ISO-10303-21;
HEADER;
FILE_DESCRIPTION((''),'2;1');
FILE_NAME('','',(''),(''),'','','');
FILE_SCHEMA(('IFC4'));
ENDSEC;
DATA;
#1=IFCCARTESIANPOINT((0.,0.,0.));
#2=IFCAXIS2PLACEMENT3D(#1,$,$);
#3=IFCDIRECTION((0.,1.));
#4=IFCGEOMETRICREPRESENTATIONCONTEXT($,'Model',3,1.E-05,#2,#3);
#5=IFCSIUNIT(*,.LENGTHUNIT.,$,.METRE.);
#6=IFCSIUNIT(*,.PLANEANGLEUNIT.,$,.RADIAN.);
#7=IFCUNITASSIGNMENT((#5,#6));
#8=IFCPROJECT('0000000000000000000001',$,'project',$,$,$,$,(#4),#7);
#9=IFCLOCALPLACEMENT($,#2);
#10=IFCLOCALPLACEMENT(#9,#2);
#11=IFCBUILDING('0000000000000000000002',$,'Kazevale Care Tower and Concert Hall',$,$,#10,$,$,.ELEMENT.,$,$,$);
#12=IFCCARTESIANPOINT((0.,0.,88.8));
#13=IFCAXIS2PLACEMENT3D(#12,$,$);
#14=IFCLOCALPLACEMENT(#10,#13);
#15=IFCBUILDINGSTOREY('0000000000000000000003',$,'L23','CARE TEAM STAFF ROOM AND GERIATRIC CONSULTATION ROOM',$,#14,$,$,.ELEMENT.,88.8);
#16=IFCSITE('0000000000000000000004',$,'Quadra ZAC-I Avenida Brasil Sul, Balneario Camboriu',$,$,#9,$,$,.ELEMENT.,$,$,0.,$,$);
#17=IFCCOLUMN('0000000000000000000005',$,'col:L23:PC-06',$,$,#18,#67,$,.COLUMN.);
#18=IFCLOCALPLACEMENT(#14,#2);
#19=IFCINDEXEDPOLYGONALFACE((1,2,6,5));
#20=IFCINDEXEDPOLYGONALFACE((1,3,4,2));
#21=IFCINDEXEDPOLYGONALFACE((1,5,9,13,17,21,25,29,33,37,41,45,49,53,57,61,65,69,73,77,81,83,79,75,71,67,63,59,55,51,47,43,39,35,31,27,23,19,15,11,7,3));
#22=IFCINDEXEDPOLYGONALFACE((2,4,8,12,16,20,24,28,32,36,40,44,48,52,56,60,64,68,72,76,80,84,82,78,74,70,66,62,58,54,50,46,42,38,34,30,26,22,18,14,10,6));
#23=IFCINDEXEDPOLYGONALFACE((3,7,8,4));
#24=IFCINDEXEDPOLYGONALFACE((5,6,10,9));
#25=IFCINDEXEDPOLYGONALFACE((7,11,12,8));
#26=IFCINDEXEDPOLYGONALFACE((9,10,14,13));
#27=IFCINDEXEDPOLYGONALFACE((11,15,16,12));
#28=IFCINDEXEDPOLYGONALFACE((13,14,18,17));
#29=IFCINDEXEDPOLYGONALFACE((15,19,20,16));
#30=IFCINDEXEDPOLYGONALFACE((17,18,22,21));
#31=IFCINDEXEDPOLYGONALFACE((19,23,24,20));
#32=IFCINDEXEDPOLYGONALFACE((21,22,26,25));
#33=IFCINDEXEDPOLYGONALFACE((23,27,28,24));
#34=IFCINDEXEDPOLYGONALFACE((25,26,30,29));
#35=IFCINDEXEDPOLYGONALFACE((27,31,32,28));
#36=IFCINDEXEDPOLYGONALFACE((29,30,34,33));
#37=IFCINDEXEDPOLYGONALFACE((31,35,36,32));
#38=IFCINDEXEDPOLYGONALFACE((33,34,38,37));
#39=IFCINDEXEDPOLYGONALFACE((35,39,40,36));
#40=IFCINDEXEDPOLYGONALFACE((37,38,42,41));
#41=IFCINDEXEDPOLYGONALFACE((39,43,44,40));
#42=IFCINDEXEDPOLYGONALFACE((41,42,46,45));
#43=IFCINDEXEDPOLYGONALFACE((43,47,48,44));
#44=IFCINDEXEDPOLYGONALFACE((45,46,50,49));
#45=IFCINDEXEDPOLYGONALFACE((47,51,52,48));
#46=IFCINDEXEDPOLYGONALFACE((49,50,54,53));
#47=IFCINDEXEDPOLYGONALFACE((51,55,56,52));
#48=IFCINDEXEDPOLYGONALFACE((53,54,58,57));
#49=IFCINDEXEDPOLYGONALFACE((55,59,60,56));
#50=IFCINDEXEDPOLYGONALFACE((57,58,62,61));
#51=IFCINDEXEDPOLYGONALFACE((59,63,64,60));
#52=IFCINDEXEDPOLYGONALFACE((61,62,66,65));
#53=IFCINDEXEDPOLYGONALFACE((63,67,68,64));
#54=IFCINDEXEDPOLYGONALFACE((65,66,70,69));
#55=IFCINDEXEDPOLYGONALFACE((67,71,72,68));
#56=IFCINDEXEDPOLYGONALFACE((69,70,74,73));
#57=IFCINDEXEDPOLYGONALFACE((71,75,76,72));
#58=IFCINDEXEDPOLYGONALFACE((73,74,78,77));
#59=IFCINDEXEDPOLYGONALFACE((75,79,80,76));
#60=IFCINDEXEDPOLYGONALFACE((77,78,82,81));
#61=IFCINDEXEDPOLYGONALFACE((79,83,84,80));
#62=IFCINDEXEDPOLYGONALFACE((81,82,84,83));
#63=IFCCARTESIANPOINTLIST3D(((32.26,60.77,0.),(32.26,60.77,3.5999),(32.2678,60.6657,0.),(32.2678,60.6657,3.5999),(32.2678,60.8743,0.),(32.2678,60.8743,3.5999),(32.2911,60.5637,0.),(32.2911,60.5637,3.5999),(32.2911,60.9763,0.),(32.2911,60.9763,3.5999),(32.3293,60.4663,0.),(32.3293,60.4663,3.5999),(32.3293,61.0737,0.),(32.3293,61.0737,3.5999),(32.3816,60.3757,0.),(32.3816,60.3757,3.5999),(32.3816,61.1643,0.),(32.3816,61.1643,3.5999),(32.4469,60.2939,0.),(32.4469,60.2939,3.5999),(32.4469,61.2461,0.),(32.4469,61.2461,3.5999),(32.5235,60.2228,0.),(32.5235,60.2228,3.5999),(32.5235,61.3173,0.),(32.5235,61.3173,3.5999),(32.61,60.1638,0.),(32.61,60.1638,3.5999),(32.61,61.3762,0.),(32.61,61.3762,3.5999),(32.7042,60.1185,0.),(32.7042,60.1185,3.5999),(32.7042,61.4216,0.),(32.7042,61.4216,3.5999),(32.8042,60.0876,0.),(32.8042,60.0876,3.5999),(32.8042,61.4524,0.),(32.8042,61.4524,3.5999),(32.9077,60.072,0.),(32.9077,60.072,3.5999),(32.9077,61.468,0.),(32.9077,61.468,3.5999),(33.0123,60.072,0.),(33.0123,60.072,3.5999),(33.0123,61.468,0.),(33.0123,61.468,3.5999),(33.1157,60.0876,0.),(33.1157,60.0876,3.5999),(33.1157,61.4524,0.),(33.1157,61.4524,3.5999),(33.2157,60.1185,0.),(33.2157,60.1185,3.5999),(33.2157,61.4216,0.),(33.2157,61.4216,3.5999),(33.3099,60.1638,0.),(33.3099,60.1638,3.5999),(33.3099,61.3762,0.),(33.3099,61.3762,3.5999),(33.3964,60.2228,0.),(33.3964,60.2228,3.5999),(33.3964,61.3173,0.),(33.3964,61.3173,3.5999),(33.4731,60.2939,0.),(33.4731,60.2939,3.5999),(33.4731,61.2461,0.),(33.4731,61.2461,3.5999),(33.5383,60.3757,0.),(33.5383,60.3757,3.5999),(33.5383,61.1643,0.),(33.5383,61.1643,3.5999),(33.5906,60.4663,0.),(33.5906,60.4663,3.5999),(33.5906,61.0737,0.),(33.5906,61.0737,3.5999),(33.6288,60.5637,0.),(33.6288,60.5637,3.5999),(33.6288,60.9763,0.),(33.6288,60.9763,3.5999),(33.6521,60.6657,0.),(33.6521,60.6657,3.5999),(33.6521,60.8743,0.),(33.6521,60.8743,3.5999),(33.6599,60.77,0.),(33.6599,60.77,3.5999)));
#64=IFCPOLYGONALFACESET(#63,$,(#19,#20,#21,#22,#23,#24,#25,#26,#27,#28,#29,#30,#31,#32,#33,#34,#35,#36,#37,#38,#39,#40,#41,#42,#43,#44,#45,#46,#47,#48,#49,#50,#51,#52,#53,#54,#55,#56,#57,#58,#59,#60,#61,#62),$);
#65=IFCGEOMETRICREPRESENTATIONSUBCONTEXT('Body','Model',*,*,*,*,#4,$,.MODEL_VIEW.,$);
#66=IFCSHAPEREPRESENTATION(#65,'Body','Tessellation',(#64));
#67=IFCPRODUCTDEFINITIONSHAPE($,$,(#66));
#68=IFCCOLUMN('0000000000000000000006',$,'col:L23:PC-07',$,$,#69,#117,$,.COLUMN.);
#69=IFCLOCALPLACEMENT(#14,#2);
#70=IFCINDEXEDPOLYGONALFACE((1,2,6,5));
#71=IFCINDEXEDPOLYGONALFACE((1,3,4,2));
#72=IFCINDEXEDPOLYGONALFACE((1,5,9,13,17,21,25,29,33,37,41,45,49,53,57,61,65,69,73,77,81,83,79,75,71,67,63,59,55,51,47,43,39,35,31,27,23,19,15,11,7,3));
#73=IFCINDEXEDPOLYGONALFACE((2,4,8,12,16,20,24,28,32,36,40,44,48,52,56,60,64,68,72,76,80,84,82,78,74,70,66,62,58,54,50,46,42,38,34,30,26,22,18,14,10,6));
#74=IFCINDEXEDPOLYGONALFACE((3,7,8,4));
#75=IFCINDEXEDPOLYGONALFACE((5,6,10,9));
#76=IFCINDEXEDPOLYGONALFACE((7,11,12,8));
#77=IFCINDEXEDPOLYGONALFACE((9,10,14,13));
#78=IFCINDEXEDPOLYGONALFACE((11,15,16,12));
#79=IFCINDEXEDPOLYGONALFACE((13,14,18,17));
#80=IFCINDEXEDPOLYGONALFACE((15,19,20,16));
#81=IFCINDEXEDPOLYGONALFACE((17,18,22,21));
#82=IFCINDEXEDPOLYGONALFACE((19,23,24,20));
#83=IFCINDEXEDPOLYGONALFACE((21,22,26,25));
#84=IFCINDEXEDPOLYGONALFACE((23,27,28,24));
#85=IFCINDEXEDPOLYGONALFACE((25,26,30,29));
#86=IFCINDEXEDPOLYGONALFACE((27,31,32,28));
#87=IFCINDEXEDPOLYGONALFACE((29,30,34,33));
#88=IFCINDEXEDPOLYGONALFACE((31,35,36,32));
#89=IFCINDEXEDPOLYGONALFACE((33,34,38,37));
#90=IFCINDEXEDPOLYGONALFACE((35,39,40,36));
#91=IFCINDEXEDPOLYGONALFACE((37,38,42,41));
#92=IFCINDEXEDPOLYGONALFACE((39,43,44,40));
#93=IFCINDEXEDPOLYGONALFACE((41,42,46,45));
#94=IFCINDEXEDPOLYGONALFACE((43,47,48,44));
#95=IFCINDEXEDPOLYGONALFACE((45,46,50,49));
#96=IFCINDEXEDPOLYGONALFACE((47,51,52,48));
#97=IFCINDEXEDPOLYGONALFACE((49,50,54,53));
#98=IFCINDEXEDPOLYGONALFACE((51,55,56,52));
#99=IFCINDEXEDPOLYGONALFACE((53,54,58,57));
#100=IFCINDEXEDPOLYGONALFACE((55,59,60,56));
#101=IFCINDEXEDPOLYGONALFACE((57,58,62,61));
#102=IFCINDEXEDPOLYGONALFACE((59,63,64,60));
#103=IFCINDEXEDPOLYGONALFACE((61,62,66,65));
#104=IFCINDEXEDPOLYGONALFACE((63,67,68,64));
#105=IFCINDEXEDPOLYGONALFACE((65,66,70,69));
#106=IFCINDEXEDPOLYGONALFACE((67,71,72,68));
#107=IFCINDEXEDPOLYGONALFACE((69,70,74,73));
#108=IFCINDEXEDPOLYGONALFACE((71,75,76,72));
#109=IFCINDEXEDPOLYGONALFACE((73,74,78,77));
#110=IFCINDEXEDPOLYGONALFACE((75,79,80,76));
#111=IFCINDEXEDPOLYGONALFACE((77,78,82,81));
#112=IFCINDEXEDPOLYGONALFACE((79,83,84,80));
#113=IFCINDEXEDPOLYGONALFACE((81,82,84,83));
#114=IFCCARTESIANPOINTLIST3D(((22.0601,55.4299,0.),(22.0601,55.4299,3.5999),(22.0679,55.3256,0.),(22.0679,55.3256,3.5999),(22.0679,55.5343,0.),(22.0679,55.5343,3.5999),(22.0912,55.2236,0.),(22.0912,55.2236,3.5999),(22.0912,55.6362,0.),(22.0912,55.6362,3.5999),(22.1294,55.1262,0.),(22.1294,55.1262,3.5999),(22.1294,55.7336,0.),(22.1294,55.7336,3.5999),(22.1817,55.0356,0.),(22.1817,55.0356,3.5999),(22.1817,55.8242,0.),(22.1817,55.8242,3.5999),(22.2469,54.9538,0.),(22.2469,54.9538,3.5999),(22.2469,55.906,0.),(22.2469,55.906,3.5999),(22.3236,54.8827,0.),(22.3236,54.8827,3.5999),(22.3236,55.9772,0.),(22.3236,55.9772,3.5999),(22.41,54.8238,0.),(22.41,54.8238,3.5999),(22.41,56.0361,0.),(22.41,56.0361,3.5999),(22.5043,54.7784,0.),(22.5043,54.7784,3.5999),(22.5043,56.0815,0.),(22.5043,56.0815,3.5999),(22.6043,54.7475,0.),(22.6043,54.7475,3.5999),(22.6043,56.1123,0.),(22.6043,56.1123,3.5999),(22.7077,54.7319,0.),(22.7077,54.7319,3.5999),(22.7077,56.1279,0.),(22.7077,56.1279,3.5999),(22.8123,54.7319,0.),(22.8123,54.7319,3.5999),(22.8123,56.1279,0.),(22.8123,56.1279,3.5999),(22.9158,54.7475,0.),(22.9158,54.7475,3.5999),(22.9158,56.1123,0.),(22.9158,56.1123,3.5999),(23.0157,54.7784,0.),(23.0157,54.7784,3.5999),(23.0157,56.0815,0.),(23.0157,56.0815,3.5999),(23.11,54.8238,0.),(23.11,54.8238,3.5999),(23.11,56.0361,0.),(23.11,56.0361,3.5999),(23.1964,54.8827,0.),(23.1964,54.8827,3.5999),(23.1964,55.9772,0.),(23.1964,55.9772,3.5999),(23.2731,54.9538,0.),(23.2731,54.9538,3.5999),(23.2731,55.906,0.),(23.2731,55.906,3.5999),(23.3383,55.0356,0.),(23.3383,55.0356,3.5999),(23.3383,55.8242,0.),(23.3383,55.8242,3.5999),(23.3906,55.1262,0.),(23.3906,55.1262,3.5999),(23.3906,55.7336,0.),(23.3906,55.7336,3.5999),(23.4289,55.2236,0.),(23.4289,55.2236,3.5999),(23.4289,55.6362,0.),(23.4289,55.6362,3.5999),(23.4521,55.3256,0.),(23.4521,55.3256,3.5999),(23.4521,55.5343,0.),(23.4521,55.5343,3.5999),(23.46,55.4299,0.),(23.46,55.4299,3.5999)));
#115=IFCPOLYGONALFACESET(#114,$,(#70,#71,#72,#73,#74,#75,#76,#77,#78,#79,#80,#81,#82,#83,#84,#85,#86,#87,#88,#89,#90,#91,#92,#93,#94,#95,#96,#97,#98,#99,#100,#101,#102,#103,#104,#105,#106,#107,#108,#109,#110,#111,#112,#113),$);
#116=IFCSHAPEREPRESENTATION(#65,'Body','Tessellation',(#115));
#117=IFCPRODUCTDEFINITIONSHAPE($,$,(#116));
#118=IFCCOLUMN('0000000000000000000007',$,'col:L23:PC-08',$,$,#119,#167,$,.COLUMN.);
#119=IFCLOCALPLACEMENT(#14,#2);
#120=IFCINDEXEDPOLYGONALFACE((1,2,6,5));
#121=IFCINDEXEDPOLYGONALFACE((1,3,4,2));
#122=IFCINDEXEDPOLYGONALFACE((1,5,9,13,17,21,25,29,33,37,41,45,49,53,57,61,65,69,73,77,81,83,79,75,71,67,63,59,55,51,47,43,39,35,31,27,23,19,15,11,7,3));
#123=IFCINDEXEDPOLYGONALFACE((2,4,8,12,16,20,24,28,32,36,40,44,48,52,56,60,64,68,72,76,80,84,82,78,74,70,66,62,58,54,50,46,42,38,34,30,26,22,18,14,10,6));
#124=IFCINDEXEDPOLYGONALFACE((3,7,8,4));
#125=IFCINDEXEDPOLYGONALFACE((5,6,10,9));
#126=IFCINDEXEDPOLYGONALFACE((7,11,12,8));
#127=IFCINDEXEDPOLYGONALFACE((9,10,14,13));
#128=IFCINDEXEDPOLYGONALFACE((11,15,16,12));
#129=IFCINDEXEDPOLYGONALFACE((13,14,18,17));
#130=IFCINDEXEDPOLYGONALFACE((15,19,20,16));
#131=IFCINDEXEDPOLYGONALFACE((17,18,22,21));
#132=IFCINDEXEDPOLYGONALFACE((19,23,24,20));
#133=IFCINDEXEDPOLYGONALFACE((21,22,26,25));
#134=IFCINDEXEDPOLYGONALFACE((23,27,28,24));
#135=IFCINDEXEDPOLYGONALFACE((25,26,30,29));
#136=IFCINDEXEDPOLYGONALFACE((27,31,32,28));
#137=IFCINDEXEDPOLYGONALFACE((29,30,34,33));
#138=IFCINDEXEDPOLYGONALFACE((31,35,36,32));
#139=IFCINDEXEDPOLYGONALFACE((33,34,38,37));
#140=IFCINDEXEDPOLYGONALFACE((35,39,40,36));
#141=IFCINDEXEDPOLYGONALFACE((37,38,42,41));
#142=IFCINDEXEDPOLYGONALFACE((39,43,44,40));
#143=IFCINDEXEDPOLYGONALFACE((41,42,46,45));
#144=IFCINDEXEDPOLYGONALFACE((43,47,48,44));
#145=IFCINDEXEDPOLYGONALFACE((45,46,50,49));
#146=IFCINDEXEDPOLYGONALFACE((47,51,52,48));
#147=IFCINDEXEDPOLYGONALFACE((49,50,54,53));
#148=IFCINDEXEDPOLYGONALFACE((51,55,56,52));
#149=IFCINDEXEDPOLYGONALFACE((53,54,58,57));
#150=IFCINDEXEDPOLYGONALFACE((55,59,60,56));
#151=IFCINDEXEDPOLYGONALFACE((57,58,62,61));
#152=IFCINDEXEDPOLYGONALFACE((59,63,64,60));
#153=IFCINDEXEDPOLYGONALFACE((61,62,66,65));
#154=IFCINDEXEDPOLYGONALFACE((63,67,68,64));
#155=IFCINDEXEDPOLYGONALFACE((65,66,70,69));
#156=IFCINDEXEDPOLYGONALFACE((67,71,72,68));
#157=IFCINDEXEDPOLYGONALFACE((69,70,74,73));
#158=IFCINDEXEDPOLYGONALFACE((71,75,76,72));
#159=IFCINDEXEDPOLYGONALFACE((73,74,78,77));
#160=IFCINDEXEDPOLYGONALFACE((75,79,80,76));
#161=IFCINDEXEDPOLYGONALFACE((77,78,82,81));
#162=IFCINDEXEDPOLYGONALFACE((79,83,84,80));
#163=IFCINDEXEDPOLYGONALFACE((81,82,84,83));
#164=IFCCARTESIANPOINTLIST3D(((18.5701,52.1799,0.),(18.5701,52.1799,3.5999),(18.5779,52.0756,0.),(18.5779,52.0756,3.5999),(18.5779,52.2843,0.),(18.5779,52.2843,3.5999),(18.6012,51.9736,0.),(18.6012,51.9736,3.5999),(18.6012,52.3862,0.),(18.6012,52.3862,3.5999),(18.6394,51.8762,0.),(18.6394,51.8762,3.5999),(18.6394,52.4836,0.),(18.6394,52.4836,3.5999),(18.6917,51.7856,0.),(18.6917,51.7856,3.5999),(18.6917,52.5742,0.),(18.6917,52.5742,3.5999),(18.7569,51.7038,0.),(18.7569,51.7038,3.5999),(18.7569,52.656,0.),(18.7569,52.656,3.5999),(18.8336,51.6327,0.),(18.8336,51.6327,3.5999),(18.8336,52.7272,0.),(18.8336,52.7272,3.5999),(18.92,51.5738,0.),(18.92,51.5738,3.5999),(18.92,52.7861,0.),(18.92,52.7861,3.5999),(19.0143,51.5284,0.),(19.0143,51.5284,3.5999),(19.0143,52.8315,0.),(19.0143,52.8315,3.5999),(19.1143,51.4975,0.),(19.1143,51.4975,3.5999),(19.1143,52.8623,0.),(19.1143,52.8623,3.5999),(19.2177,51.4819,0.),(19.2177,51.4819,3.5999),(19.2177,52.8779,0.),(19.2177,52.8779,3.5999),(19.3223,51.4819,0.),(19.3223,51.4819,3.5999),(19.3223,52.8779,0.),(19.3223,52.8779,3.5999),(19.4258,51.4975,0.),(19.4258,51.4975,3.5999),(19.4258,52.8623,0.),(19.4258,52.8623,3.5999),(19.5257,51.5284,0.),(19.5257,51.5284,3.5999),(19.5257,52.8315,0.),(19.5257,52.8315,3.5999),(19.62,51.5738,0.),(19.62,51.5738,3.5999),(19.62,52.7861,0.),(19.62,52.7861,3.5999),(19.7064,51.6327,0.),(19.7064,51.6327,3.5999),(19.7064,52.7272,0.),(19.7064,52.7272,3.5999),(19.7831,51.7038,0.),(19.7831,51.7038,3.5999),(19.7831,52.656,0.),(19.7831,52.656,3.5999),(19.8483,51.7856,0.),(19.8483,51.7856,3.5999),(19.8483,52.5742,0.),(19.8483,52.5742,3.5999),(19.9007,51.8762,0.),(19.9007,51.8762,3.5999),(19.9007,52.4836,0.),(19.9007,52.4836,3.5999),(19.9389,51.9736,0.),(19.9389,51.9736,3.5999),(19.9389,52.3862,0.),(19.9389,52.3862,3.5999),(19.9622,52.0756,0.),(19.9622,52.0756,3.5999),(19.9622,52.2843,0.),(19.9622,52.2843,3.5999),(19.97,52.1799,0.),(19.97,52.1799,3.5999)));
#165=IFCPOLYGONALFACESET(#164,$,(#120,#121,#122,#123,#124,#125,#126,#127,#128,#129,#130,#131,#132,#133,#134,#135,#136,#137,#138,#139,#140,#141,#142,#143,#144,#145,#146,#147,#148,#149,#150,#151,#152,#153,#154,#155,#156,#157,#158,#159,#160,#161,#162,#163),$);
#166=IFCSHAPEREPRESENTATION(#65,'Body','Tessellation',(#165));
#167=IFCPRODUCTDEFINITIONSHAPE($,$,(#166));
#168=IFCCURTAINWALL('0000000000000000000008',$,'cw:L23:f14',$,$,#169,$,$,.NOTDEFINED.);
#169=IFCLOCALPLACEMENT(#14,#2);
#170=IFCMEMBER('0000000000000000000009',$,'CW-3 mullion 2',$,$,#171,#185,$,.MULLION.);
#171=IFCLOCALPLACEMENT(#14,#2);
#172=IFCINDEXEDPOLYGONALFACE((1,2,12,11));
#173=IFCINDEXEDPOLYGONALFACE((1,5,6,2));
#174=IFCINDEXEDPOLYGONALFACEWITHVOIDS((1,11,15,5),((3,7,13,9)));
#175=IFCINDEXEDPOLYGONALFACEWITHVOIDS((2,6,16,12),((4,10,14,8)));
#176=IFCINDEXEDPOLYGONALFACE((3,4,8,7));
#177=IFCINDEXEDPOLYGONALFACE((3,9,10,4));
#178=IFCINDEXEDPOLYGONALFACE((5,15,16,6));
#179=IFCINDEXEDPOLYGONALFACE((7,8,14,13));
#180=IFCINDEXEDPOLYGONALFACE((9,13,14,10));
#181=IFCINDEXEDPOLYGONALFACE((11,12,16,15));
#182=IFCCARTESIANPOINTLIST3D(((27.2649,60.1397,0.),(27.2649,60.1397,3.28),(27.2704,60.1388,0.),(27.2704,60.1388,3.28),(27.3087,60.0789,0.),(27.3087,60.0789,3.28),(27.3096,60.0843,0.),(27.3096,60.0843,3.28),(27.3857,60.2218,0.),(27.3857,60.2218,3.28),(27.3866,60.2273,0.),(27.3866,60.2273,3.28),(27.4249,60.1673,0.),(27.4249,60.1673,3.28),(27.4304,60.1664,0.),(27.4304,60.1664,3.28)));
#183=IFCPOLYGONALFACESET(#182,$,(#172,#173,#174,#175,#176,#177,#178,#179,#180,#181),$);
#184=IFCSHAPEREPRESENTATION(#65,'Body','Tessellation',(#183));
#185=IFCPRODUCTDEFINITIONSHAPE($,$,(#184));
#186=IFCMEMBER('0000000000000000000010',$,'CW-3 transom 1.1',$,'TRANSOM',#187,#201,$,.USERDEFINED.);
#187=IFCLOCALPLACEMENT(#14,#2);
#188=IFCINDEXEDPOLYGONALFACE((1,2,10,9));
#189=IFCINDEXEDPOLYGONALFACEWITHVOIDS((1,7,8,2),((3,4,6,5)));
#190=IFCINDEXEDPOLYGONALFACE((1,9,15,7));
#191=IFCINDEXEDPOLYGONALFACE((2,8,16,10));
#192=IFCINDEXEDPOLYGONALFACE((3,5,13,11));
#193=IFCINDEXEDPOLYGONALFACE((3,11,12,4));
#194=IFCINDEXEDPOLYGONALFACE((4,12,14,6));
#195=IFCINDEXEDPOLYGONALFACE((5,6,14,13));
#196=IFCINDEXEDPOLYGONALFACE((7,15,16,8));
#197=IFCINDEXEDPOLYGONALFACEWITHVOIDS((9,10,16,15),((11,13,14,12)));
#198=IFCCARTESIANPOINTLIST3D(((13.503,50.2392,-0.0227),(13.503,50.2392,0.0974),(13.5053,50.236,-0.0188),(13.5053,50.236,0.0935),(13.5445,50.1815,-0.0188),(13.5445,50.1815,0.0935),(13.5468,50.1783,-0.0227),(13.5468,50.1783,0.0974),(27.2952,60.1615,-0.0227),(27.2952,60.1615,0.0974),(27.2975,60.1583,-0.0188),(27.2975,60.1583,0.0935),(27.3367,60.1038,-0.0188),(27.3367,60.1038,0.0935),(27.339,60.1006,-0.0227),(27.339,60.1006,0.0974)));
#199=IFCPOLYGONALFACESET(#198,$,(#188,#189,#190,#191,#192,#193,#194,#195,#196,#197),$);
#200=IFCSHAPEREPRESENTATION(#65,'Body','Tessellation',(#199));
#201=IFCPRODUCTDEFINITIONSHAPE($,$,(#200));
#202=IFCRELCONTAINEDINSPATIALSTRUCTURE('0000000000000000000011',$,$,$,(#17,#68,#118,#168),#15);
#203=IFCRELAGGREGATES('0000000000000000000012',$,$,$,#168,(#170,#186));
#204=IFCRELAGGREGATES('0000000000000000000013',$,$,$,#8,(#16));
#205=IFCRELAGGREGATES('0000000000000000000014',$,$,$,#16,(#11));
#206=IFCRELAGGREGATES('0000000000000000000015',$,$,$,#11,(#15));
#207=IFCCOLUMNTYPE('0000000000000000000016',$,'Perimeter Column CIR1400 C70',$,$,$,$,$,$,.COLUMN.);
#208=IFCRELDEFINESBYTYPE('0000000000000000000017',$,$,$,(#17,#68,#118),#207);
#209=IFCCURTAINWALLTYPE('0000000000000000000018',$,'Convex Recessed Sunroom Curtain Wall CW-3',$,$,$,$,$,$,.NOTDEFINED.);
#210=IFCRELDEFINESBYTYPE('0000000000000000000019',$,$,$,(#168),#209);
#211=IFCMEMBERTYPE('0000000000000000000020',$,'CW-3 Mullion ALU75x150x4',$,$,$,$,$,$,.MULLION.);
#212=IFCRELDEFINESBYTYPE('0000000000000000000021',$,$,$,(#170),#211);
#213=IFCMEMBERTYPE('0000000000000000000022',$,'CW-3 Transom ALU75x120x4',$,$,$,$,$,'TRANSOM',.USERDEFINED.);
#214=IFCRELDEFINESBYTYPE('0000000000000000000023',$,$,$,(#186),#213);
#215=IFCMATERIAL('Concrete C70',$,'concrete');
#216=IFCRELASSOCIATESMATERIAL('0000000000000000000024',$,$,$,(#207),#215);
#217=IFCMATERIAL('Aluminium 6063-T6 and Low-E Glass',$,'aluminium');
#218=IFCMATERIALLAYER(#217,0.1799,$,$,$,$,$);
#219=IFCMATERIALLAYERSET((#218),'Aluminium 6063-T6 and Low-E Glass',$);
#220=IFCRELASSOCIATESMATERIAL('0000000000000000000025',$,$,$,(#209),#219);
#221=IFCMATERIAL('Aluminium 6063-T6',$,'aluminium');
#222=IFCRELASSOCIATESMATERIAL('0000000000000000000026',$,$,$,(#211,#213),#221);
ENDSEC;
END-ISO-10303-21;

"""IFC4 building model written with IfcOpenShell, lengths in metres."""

from ifc_helpers import new_model, si_unit, direction, frame, origin, origin_2d, place, context, subcontext, project, spatial, hollow_rectangle, circle, extrude, material, layer, layer_set, material_profile, profile_set, type_object, element, aggregate, save


model = new_model("IFC4")

# Units and contexts
model_context = context("Model", 3, precision=1e-05, world=origin(), true_north=direction((0.0, 1.0)))
body_context = subcontext(model_context, "Body", "Model", "MODEL_VIEW")
ifc_project = project(units=[si_unit("LENGTHUNIT", "METRE"), si_unit("PLANEANGLEUNIT", "RADIAN")], contexts=[model_context])

# Site, building, storey
site_placement = place(None, origin())
site = spatial("IfcSite", under=ifc_project, at=site_placement, Name="Quadra ZAC-I Avenida Brasil Sul, Balneario Camboriu", CompositionType="ELEMENT", RefElevation=0.0)
building_placement = place(site_placement, origin())
building = spatial("IfcBuilding", under=site, at=building_placement, Name="Kazevale Care Tower and Concert Hall", CompositionType="ELEMENT")
storey_placement = place(building_placement, frame((0.0, 0.0, 88.8)))
storey = spatial("IfcBuildingStorey", under=building, at=storey_placement, Name="L23", Description="CARE TEAM STAFF ROOM AND GERIATRIC CONSULTATION ROOM", CompositionType="ELEMENT", Elevation=88.8)

# Columns
ifc_material_1 = material(Name="Concrete C70", Category="concrete")
ifc_material_profile_1 = material_profile(ifc_material_1, circle(Radius=0.7, at=origin_2d()), Name="RC-CIR1400")
ifc_profile_set_1 = profile_set([ifc_material_profile_1], Name="Concrete C70")
column_type = type_object("IfcColumnType", Name="Perimeter Column CIR1400 C70", PredefinedType="COLUMN", material=ifc_profile_set_1)
for number, where, z_axis, x_axis, name in (
    (1, (32.96, 60.77, 0.0), (0.0, 0.0, 1.0), (1.0, 0.0, 0.0), "col:L23:PC-06"),
    (2, (22.76, 55.4299, 0.0), (0.0, 0.0, 1.0), (1.0, 0.0, 0.0), "col:L23:PC-07"),
    (3, (19.27, 52.1799, 0.0), (0.0, 0.0, 1.0), (1.0, 0.0, 0.0), "col:L23:PC-08"),
):
    element("IfcColumn", number, at=place(storey_placement, frame(where, z_axis=z_axis, x_axis=x_axis)), inside=storey, type_object=column_type, Name=name, PredefinedType="COLUMN", context=body_context, shape_type="SweptSolid", body=[
        extrude(circle(Radius=0.7, at=origin_2d()), origin(), (0.0, 0.0, 1.0), 3.5999),
    ])

# Curtain wall, members
ifc_material_2 = material(Name="Aluminium 6063-T6 and Low-E Glass", Category="aluminium")
ifc_layer_1 = layer(ifc_material_2, 0.1799)
ifc_layer_set_1 = layer_set([ifc_layer_1], Name="Aluminium 6063-T6 and Low-E Glass")
curtain_wall_type = type_object("IfcCurtainWallType", Name="Convex Recessed Sunroom Curtain Wall CW-3", PredefinedType="NOTDEFINED", material=ifc_layer_set_1)
curtain_wall_placement = place(storey_placement, origin())
curtain_wall = element("IfcCurtainWall", 4, at=curtain_wall_placement, inside=storey, type_object=curtain_wall_type, Name="cw:L23:f14", PredefinedType="NOTDEFINED")
ifc_material_3 = material(Name="Aluminium 6063-T6", Category="aluminium")
ifc_material_profile_2 = material_profile(ifc_material_3, hollow_rectangle(XDim=0.075, YDim=0.1499, WallThickness=0.0039, at=origin_2d()), Name="ALU75x150x4")
ifc_profile_set_2 = profile_set([ifc_material_profile_2], Name="Aluminium 6063-T6")
member_type_1 = type_object("IfcMemberType", Name="CW-3 Mullion ALU75x150x4", PredefinedType="MULLION", material=ifc_profile_set_2)
member_1_placement = place(storey_placement, frame((27.3477, 60.1531, 0.0), z_axis=(0.0, 0.0, 1.0), x_axis=(-0.583994, 0.811758, 0.0)))
member_1 = element("IfcMember", 5, at=member_1_placement, type_object=member_type_1, Name="CW-3 mullion 2", PredefinedType="MULLION", context=body_context, shape_type="SweptSolid", body=[
    extrude(hollow_rectangle(XDim=0.075, YDim=0.1499, WallThickness=0.0039, at=origin_2d()), origin(), (0.0, 0.0, 1.0), 3.28),
])
ifc_material_profile_3 = material_profile(ifc_material_3, hollow_rectangle(XDim=0.075, YDim=0.1201, WallThickness=0.0039, at=origin_2d()), Name="ALU75x120x4")
ifc_profile_set_3 = profile_set([ifc_material_profile_3], Name="Aluminium 6063-T6")
member_type_2 = type_object("IfcMemberType", Name="CW-3 Transom ALU75x120x4", ElementType="TRANSOM", PredefinedType="USERDEFINED", material=ifc_profile_set_3)
member_2_placement = place(storey_placement, frame((13.5249, 50.2087, 0.0374), z_axis=(0.811759, 0.583993, 0.0), x_axis=(-0.583993, 0.811759, 0.0)))
member_2 = element("IfcMember", 6, at=member_2_placement, type_object=member_type_2, Name="CW-3 transom 1.1", ObjectType="TRANSOM", PredefinedType="USERDEFINED", context=body_context, shape_type="SweptSolid", body=[
    extrude(hollow_rectangle(XDim=0.075, YDim=0.1201, WallThickness=0.0039, at=origin_2d()), origin(), (0.0, 0.0, 1.0), 16.9905),
])

aggregate(curtain_wall, [member_1, member_2])

save(model, "model.ifc")
